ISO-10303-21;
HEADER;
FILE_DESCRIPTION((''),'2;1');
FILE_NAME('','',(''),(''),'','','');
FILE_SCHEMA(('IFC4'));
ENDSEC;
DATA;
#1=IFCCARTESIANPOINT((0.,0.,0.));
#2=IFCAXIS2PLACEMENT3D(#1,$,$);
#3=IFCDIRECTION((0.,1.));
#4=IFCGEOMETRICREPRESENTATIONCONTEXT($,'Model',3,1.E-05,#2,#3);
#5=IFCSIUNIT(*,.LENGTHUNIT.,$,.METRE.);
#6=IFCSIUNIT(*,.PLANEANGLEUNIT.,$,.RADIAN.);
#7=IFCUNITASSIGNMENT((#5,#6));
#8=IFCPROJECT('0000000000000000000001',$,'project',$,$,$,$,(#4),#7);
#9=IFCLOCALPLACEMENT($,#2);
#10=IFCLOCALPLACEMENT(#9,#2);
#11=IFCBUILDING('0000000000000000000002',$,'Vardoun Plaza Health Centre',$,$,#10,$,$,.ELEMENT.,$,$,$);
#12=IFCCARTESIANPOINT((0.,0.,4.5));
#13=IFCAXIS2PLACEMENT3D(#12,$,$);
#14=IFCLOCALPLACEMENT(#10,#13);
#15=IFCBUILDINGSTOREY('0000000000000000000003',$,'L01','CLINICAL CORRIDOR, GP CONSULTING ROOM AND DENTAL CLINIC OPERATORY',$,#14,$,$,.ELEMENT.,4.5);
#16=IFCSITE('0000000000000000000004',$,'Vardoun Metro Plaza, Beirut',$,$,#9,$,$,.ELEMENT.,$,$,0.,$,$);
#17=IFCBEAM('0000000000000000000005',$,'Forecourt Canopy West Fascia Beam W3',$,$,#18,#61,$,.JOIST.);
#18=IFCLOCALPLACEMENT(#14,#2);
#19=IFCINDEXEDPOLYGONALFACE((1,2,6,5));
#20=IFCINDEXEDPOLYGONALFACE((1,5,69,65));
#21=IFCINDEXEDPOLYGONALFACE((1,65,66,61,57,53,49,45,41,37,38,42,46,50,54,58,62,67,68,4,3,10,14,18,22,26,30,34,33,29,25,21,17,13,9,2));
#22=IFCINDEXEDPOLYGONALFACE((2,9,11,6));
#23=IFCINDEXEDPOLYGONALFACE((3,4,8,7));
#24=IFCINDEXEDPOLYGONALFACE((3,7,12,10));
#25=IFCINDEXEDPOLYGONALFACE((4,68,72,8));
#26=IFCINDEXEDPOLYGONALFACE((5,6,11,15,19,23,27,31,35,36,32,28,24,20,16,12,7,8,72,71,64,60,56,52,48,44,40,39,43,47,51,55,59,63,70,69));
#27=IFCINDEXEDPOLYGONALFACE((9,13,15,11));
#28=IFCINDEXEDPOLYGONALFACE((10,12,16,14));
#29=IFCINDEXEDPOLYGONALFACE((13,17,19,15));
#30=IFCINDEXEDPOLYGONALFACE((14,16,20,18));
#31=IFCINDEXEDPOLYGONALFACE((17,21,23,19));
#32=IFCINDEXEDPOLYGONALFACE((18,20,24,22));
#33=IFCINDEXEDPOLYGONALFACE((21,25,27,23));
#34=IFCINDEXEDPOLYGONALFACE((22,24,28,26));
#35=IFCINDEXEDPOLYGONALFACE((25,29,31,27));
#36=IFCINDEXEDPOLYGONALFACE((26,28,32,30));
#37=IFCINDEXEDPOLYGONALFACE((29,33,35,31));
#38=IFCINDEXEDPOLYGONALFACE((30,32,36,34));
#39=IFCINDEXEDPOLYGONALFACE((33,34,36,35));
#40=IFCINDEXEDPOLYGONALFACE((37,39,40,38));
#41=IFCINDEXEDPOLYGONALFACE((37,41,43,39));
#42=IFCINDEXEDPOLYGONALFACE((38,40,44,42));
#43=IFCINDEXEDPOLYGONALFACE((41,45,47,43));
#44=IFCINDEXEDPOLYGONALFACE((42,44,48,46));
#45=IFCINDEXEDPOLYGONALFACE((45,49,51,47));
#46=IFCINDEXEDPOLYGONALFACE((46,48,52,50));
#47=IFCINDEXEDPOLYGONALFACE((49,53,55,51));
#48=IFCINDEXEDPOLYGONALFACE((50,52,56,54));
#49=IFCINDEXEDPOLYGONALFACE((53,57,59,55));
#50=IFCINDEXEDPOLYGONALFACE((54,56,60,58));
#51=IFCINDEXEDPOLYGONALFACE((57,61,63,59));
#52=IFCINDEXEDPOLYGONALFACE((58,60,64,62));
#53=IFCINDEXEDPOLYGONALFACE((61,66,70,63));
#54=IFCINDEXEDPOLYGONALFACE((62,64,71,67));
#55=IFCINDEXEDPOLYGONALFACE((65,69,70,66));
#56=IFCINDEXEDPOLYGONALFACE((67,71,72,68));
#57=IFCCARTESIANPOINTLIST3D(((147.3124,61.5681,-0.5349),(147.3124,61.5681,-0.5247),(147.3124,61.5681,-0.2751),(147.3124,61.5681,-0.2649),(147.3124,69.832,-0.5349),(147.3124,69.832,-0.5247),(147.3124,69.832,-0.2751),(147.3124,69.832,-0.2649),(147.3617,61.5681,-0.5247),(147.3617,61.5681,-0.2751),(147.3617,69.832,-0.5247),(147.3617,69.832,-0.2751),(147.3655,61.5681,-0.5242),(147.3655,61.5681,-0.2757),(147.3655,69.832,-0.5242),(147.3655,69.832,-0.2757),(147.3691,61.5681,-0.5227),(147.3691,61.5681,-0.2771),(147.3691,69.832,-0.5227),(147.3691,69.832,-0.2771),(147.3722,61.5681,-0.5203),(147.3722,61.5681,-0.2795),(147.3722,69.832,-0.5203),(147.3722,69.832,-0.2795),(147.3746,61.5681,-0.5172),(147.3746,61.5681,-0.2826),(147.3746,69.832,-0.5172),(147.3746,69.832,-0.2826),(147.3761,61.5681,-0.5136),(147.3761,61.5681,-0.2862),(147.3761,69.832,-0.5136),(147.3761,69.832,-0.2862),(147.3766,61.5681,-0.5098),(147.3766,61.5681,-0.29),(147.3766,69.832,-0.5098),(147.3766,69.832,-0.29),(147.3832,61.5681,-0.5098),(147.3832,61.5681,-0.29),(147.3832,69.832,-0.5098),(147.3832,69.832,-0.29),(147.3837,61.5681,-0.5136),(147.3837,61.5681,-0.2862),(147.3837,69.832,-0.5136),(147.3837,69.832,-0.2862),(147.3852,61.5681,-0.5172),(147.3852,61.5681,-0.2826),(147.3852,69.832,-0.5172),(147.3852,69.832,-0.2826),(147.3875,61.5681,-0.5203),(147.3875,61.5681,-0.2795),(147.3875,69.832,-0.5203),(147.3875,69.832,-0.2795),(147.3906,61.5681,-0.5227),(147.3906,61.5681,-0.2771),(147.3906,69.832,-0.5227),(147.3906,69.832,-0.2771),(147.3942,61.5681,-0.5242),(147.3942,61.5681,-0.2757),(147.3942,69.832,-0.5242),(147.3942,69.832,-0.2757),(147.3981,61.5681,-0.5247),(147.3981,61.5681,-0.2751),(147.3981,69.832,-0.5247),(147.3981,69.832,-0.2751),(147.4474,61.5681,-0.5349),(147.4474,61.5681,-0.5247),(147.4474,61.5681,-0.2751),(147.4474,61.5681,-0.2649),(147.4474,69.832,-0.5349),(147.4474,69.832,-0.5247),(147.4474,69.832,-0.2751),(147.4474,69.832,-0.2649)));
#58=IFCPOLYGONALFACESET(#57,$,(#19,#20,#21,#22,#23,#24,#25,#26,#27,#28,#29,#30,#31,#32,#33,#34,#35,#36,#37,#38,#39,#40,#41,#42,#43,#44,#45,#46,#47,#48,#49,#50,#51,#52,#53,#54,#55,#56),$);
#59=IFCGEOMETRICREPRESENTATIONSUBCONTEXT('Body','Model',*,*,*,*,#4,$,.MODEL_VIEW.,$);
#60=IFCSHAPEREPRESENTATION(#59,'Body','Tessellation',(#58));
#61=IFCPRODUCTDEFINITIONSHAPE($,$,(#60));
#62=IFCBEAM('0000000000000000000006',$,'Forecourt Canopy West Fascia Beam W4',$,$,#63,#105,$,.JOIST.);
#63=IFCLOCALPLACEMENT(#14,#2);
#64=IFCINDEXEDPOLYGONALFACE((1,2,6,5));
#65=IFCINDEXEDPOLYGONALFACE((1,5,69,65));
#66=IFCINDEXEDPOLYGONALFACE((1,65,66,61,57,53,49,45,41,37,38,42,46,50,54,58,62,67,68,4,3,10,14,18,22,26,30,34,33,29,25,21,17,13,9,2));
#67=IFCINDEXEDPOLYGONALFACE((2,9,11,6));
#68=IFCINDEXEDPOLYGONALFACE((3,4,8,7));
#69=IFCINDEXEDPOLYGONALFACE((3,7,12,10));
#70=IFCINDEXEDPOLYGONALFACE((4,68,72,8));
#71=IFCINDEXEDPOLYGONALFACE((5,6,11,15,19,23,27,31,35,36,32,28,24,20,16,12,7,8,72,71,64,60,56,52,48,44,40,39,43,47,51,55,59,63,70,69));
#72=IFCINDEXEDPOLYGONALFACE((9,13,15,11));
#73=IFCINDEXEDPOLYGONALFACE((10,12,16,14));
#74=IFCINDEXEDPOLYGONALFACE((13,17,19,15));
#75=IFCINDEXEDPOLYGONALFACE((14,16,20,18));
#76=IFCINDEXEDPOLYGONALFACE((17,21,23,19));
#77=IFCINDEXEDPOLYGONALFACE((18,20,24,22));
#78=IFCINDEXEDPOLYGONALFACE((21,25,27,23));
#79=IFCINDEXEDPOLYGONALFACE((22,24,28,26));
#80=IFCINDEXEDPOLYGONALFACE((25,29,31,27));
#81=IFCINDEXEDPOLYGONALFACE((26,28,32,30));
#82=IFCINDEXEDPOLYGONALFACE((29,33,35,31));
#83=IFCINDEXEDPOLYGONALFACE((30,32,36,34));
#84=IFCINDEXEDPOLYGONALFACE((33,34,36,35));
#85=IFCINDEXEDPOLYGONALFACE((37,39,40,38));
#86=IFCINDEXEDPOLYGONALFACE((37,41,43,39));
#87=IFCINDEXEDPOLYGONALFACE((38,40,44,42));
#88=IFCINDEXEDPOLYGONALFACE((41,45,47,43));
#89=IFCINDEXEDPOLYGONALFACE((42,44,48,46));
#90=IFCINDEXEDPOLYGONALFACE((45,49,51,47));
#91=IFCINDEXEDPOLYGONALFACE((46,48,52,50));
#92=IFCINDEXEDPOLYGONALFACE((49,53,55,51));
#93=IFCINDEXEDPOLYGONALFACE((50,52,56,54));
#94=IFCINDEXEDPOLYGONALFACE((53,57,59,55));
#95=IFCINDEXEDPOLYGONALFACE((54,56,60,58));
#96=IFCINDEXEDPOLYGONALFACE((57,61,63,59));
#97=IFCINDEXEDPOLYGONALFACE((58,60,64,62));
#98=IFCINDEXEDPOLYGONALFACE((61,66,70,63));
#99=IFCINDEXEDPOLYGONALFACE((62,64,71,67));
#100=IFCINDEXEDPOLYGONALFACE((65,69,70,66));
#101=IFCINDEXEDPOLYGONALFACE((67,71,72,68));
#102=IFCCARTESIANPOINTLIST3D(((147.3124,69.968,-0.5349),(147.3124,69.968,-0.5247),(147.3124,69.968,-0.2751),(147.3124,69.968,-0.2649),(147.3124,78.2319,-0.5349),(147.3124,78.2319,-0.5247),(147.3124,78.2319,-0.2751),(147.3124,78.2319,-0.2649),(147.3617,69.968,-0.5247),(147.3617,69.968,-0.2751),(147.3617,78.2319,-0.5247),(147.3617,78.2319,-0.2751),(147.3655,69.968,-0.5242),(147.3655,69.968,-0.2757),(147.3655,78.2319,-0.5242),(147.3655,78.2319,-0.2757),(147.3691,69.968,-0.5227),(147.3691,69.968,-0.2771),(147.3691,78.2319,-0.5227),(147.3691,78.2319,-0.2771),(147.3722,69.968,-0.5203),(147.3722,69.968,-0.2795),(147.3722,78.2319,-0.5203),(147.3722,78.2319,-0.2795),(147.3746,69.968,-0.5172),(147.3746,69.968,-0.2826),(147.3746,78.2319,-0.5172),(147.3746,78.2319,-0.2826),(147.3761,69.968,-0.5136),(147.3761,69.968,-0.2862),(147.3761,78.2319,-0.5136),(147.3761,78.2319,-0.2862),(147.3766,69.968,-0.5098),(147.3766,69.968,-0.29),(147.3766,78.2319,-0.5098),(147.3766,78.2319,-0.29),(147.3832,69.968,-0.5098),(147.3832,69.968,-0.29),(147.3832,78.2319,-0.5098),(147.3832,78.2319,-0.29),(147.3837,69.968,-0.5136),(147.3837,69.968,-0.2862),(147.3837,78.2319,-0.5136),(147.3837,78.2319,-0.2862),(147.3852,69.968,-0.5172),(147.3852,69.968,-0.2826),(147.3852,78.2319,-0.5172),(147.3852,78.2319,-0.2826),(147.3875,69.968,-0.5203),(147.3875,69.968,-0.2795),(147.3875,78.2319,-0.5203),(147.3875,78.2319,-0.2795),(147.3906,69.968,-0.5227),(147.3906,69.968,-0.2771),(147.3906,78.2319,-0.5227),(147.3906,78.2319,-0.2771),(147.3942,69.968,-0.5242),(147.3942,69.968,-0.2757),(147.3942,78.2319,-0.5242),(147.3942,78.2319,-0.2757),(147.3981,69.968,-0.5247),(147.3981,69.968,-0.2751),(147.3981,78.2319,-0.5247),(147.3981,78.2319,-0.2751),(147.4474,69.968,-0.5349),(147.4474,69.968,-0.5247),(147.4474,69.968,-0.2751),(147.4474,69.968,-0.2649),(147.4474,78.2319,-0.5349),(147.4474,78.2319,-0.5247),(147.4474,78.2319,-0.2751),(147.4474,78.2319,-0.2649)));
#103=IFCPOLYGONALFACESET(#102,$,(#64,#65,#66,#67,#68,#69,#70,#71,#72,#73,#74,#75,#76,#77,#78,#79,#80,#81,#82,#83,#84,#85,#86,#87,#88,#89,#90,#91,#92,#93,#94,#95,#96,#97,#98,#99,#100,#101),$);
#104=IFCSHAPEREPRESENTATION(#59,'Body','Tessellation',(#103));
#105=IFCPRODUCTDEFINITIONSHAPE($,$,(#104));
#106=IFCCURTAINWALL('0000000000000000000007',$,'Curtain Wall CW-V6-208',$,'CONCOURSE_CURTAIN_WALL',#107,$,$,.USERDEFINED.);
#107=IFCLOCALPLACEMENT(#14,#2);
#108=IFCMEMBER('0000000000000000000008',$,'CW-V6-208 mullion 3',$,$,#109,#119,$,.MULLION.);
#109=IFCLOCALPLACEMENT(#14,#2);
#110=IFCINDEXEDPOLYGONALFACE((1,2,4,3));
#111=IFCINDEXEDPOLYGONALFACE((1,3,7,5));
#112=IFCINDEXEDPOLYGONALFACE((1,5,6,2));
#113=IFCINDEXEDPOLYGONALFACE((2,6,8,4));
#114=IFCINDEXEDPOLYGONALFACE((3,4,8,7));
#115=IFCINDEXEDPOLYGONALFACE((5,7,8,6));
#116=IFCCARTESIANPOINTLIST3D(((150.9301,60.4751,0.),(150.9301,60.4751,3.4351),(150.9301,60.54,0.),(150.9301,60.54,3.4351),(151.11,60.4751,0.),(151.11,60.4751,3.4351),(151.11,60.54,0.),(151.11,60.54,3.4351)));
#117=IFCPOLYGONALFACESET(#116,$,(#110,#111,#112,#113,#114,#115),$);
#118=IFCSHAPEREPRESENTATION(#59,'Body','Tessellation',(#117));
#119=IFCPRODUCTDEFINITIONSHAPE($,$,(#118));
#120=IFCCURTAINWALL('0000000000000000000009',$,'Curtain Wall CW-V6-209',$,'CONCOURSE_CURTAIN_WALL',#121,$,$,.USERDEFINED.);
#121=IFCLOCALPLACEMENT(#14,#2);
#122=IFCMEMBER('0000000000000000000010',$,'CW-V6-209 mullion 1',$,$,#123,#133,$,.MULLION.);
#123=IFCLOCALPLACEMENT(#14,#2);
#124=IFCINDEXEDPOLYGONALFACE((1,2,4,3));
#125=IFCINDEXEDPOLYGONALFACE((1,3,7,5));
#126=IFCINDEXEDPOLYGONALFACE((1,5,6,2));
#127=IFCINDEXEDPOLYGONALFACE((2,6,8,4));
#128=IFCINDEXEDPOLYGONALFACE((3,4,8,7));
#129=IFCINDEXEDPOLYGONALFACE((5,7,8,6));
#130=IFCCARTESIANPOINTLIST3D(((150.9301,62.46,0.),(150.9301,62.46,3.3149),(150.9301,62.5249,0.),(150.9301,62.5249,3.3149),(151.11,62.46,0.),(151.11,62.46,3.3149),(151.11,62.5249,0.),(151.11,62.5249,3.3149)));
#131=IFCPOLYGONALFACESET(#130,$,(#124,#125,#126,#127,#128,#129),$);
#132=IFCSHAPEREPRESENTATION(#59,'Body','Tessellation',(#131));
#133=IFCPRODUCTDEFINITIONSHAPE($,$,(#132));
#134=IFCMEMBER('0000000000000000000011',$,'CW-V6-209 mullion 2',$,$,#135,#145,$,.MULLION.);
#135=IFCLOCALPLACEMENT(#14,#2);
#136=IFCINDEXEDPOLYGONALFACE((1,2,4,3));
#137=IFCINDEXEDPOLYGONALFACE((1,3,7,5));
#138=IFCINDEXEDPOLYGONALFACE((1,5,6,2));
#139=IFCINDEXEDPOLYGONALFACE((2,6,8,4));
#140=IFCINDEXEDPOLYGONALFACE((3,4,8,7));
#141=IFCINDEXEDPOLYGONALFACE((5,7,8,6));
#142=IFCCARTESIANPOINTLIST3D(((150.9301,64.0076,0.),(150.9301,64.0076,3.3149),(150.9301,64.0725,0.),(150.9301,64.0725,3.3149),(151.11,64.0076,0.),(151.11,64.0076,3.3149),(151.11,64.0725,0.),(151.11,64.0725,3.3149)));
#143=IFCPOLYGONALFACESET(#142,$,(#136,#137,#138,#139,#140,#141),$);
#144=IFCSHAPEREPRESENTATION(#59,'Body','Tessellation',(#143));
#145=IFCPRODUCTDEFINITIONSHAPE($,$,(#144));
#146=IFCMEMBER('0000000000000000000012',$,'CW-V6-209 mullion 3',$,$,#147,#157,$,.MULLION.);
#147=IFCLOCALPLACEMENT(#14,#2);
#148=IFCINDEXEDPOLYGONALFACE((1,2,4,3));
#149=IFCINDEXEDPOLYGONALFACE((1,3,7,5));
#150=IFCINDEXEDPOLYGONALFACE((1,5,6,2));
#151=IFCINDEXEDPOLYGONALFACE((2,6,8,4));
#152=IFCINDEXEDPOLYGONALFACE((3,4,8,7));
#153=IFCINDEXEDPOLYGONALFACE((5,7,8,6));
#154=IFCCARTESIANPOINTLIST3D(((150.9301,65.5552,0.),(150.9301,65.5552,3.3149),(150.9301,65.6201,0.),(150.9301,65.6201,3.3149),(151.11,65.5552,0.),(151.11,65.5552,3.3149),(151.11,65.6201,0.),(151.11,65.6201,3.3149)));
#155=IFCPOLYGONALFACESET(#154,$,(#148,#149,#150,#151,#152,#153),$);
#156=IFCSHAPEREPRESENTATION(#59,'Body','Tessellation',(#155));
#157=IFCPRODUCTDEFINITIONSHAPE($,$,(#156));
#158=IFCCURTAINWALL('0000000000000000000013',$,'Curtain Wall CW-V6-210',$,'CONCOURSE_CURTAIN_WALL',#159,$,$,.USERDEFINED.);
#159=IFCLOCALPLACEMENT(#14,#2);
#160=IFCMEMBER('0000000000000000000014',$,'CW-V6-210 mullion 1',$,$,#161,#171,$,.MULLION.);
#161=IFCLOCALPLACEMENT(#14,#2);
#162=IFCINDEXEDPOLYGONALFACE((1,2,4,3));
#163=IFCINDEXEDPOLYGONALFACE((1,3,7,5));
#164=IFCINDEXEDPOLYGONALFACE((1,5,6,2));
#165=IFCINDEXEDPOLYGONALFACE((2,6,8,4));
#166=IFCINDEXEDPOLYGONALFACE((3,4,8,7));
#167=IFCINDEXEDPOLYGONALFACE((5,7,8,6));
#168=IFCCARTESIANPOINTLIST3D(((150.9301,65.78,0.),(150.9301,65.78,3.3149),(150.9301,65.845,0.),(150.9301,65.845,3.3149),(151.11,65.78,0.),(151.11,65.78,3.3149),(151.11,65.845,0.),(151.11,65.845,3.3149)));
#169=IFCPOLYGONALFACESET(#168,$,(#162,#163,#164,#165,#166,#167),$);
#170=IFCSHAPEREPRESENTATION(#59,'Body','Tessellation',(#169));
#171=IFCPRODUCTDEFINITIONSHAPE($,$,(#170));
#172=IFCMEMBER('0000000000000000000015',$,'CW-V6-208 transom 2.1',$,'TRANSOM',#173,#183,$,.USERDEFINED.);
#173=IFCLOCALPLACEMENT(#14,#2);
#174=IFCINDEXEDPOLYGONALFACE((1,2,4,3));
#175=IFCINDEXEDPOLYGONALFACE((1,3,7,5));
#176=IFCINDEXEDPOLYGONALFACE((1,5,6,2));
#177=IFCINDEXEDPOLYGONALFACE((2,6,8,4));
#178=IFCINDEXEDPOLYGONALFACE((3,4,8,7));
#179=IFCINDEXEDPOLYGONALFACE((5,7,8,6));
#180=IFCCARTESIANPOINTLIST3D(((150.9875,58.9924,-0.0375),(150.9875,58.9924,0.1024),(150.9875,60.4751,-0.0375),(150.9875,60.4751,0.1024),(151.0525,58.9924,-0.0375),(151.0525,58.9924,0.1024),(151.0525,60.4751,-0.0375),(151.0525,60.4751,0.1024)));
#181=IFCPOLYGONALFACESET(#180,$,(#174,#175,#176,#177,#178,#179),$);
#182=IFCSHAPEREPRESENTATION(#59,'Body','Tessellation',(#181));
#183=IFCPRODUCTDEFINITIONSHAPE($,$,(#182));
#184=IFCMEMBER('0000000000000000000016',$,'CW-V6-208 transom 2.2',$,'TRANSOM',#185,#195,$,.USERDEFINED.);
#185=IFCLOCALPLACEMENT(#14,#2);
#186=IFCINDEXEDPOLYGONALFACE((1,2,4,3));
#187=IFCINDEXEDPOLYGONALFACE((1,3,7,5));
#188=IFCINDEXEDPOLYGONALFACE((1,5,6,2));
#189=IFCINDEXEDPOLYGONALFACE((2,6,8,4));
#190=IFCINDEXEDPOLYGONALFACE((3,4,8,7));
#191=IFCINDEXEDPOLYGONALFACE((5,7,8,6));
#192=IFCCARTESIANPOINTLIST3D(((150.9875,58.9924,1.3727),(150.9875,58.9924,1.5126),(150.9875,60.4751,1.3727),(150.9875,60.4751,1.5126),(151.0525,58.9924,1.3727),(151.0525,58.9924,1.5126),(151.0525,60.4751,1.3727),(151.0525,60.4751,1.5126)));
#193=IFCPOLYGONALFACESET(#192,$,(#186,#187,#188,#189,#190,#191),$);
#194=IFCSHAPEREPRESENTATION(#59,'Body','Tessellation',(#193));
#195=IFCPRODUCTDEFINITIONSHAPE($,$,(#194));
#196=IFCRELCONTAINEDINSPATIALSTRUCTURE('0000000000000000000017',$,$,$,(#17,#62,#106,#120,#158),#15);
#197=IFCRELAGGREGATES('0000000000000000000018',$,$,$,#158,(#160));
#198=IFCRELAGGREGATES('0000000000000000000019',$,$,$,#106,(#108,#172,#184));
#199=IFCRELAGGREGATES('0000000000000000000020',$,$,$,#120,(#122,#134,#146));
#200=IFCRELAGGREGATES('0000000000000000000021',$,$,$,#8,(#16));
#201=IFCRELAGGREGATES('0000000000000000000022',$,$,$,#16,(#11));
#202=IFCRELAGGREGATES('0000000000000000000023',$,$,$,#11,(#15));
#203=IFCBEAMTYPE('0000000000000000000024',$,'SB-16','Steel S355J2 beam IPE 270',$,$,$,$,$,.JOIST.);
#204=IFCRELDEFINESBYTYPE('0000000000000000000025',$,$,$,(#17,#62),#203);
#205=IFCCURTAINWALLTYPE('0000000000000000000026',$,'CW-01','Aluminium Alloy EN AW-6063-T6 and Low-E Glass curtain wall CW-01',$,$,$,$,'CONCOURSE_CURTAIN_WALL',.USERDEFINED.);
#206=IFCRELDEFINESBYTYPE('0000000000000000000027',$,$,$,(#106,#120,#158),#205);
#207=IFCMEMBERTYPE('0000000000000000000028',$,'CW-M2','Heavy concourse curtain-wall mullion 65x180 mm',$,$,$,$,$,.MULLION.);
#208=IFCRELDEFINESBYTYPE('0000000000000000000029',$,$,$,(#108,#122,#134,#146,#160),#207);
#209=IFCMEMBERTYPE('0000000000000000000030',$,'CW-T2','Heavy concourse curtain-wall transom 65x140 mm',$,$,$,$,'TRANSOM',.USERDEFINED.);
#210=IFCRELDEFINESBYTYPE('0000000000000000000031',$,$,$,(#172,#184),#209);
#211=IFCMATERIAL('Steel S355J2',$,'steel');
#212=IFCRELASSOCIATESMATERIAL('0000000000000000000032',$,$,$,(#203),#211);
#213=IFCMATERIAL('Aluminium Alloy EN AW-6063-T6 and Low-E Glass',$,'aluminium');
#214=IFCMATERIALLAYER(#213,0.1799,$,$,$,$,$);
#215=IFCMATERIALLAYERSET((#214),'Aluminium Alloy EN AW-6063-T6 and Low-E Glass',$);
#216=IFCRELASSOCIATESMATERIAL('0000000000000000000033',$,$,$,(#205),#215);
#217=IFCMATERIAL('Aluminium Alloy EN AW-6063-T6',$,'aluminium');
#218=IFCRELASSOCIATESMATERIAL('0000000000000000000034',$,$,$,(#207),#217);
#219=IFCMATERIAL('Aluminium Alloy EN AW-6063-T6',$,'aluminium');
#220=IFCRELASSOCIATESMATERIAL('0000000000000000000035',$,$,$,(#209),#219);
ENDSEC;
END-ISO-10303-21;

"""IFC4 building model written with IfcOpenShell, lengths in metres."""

from ifc_helpers import new_model, si_unit, direction, frame, origin, origin_2d, place, context, subcontext, project, spatial, rectangle, i_section, extrude, material, layer, layer_set, material_profile, profile_set, type_object, element, aggregate, save


model = new_model("IFC4")

# Units and contexts
model_context = context("Model", 3, precision=1e-05, world=origin(), true_north=direction((0.0, 1.0)))
body_context = subcontext(model_context, "Body", "Model", "MODEL_VIEW")
ifc_project = project(units=[si_unit("LENGTHUNIT", "METRE"), si_unit("PLANEANGLEUNIT", "RADIAN")], contexts=[model_context])

# Site, building, storey
site_placement = place(None, origin())
site = spatial("IfcSite", under=ifc_project, at=site_placement, Name="Vardoun Metro Plaza, Beirut", CompositionType="ELEMENT", RefElevation=0.0)
building_placement = place(site_placement, origin())
building = spatial("IfcBuilding", under=site, at=building_placement, Name="Vardoun Plaza Health Centre", CompositionType="ELEMENT")
storey_placement = place(building_placement, frame((0.0, 0.0, 4.5)))
storey = spatial("IfcBuildingStorey", under=building, at=storey_placement, Name="L01", Description="CLINICAL CORRIDOR, GP CONSULTING ROOM AND DENTAL CLINIC OPERATORY", CompositionType="ELEMENT", Elevation=4.5)

# Beams
ifc_material_1 = material(Name="Steel S355J2", Category="steel")
ifc_material_profile_1 = material_profile(ifc_material_1, i_section(OverallWidth=0.135, OverallDepth=0.27, WebThickness=0.0066, FlangeThickness=0.0103, FilletRadius=0.0149, at=origin_2d()), Name="IPE 270")
ifc_profile_set_1 = profile_set([ifc_material_profile_1], Name="Steel S355J2")
beam_type = type_object("IfcBeamType", Name="SB-16", Description="Steel S355J2 beam IPE 270", PredefinedType="JOIST", material=ifc_profile_set_1)
for number, where, z_axis, x_axis, name in (
    (1, (147.3799, 61.5681, -0.3999), (0.0, 1.0, 0.0), (-1.0, 0.0, 0.0), "Forecourt Canopy West Fascia Beam W3"),
    (2, (147.3799, 69.968, -0.3999), (0.0, 1.0, 0.0), (-1.0, 0.0, 0.0), "Forecourt Canopy West Fascia Beam W4"),
):
    element("IfcBeam", number, at=place(storey_placement, frame(where, z_axis=z_axis, x_axis=x_axis)), inside=storey, type_object=beam_type, Name=name, PredefinedType="JOIST", context=body_context, shape_type="SweptSolid", body=[
        extrude(i_section(OverallWidth=0.135, OverallDepth=0.27, WebThickness=0.0066, FlangeThickness=0.0103, FilletRadius=0.0149, at=origin_2d()), origin(), (0.0, 0.0, 1.0), 8.2639),
    ])

# Curtain wall, member
ifc_material_2 = material(Name="Aluminium Alloy EN AW-6063-T6 and Low-E Glass", Category="aluminium")
ifc_layer_1 = layer(ifc_material_2, 0.1799)
ifc_layer_set_1 = layer_set([ifc_layer_1], Name="Aluminium Alloy EN AW-6063-T6 and Low-E Glass")
curtain_wall_type = type_object("IfcCurtainWallType", Name="CW-01", Description="Aluminium Alloy EN AW-6063-T6 and Low-E Glass curtain wall CW-01", ElementType="CONCOURSE_CURTAIN_WALL", PredefinedType="USERDEFINED", material=ifc_layer_set_1)
curtain_wall_1_placement = place(storey_placement, origin())
curtain_wall_1 = element("IfcCurtainWall", 3, at=curtain_wall_1_placement, inside=storey, type_object=curtain_wall_type, Name="Curtain Wall CW-V6-208", ObjectType="CONCOURSE_CURTAIN_WALL", PredefinedType="USERDEFINED")
ifc_material_3 = material(Name="Aluminium Alloy EN AW-6063-T6", Category="aluminium")
ifc_material_profile_2 = material_profile(ifc_material_3, rectangle(XDim=0.1799, YDim=0.0649, at=origin_2d()), Name="CWM 65x180")
ifc_profile_set_2 = profile_set([ifc_material_profile_2], Name="Aluminium Alloy EN AW-6063-T6")
member_type_1 = type_object("IfcMemberType", Name="CW-M2", Description="Heavy concourse curtain-wall mullion 65x180 mm", PredefinedType="MULLION", material=ifc_profile_set_2)
member_1_placement = place(storey_placement, frame((151.02, 60.5076, 0.0), z_axis=(0.0, 0.0, 1.0), x_axis=(-1.0, 0.0, 0.0)))
member_1 = element("IfcMember", 4, at=member_1_placement, type_object=member_type_1, Name="CW-V6-208 mullion 3", PredefinedType="MULLION", context=body_context, shape_type="SweptSolid", body=[
    extrude(rectangle(XDim=0.1799, YDim=0.0649, at=origin_2d()), origin(), (0.0, 0.0, 1.0), 3.4351),
])

# Curtain wall, members
curtain_wall_2_placement = place(storey_placement, origin())
curtain_wall_2 = element("IfcCurtainWall", 5, at=curtain_wall_2_placement, inside=storey, type_object=curtain_wall_type, Name="Curtain Wall CW-V6-209", ObjectType="CONCOURSE_CURTAIN_WALL", PredefinedType="USERDEFINED")
member_2_placement = place(storey_placement, frame((151.02, 62.4924, 0.0), z_axis=(0.0, 0.0, 1.0), x_axis=(-1.0, 0.0, 0.0)))
member_2 = element("IfcMember", 6, at=member_2_placement, type_object=member_type_1, Name="CW-V6-209 mullion 1", PredefinedType="MULLION", context=body_context, shape_type="SweptSolid", body=[
    extrude(rectangle(XDim=0.1799, YDim=0.0649, at=origin_2d()), origin(), (0.0, 0.0, 1.0), 3.3149),
])
member_3_placement = place(storey_placement, frame((151.02, 64.04, 0.0), z_axis=(0.0, 0.0, 1.0), x_axis=(-1.0, 0.0, 0.0)))
member_3 = element("IfcMember", 7, at=member_3_placement, type_object=member_type_1, Name="CW-V6-209 mullion 2", PredefinedType="MULLION", context=body_context, shape_type="SweptSolid", body=[
    extrude(rectangle(XDim=0.1799, YDim=0.0649, at=origin_2d()), origin(), (0.0, 0.0, 1.0), 3.3149),
])
member_4_placement = place(storey_placement, frame((151.02, 65.5876, 0.0), z_axis=(0.0, 0.0, 1.0), x_axis=(-1.0, 0.0, 0.0)))
member_4 = element("IfcMember", 8, at=member_4_placement, type_object=member_type_1, Name="CW-V6-209 mullion 3", PredefinedType="MULLION", context=body_context, shape_type="SweptSolid", body=[
    extrude(rectangle(XDim=0.1799, YDim=0.0649, at=origin_2d()), origin(), (0.0, 0.0, 1.0), 3.3149),
])

# Curtain wall, member
curtain_wall_3_placement = place(storey_placement, origin())
curtain_wall_3 = element("IfcCurtainWall", 9, at=curtain_wall_3_placement, inside=storey, type_object=curtain_wall_type, Name="Curtain Wall CW-V6-210", ObjectType="CONCOURSE_CURTAIN_WALL", PredefinedType="USERDEFINED")
member_5_placement = place(storey_placement, frame((151.02, 65.8125, 0.0), z_axis=(0.0, 0.0, 1.0), x_axis=(-1.0, 0.0, 0.0)))
member_5 = element("IfcMember", 10, at=member_5_placement, type_object=member_type_1, Name="CW-V6-210 mullion 1", PredefinedType="MULLION", context=body_context, shape_type="SweptSolid", body=[
    extrude(rectangle(XDim=0.1799, YDim=0.0649, at=origin_2d()), origin(), (0.0, 0.0, 1.0), 3.3149),
])
aggregate(curtain_wall_3, [member_5])

# Members
ifc_material_4 = material(Name="Aluminium Alloy EN AW-6063-T6", Category="aluminium")
ifc_material_profile_3 = material_profile(ifc_material_4, rectangle(XDim=0.0649, YDim=0.1399, at=origin_2d()), Name="CWT 65x140")
ifc_profile_set_3 = profile_set([ifc_material_profile_3], Name="Aluminium Alloy EN AW-6063-T6")
member_type_2 = type_object("IfcMemberType", Name="CW-T2", Description="Heavy concourse curtain-wall transom 65x140 mm", ElementType="TRANSOM", PredefinedType="USERDEFINED", material=ifc_profile_set_3)
member_6_placement = place(storey_placement, frame((151.02, 58.9924, 0.0325), z_axis=(0.0, 1.0, 0.0), x_axis=(-1.0, 0.0, 0.0)))
member_6 = element("IfcMember", 11, at=member_6_placement, type_object=member_type_2, Name="CW-V6-208 transom 2.1", ObjectType="TRANSOM", PredefinedType="USERDEFINED", context=body_context, shape_type="SweptSolid", body=[
    extrude(rectangle(XDim=0.0649, YDim=0.1399, at=origin_2d()), origin(), (0.0, 0.0, 1.0), 1.4827),
])
member_7_placement = place(storey_placement, frame((151.02, 58.9924, 1.4426), z_axis=(0.0, 1.0, 0.0), x_axis=(-1.0, 0.0, 0.0)))
member_7 = element("IfcMember", 12, at=member_7_placement, type_object=member_type_2, Name="CW-V6-208 transom 2.2", ObjectType="TRANSOM", PredefinedType="USERDEFINED", context=body_context, shape_type="SweptSolid", body=[
    extrude(rectangle(XDim=0.0649, YDim=0.1399, at=origin_2d()), origin(), (0.0, 0.0, 1.0), 1.4827),
])

aggregate(curtain_wall_1, [member_1, member_6, member_7])
aggregate(curtain_wall_2, [member_2, member_3, member_4])

save(model, "model.ifc")
